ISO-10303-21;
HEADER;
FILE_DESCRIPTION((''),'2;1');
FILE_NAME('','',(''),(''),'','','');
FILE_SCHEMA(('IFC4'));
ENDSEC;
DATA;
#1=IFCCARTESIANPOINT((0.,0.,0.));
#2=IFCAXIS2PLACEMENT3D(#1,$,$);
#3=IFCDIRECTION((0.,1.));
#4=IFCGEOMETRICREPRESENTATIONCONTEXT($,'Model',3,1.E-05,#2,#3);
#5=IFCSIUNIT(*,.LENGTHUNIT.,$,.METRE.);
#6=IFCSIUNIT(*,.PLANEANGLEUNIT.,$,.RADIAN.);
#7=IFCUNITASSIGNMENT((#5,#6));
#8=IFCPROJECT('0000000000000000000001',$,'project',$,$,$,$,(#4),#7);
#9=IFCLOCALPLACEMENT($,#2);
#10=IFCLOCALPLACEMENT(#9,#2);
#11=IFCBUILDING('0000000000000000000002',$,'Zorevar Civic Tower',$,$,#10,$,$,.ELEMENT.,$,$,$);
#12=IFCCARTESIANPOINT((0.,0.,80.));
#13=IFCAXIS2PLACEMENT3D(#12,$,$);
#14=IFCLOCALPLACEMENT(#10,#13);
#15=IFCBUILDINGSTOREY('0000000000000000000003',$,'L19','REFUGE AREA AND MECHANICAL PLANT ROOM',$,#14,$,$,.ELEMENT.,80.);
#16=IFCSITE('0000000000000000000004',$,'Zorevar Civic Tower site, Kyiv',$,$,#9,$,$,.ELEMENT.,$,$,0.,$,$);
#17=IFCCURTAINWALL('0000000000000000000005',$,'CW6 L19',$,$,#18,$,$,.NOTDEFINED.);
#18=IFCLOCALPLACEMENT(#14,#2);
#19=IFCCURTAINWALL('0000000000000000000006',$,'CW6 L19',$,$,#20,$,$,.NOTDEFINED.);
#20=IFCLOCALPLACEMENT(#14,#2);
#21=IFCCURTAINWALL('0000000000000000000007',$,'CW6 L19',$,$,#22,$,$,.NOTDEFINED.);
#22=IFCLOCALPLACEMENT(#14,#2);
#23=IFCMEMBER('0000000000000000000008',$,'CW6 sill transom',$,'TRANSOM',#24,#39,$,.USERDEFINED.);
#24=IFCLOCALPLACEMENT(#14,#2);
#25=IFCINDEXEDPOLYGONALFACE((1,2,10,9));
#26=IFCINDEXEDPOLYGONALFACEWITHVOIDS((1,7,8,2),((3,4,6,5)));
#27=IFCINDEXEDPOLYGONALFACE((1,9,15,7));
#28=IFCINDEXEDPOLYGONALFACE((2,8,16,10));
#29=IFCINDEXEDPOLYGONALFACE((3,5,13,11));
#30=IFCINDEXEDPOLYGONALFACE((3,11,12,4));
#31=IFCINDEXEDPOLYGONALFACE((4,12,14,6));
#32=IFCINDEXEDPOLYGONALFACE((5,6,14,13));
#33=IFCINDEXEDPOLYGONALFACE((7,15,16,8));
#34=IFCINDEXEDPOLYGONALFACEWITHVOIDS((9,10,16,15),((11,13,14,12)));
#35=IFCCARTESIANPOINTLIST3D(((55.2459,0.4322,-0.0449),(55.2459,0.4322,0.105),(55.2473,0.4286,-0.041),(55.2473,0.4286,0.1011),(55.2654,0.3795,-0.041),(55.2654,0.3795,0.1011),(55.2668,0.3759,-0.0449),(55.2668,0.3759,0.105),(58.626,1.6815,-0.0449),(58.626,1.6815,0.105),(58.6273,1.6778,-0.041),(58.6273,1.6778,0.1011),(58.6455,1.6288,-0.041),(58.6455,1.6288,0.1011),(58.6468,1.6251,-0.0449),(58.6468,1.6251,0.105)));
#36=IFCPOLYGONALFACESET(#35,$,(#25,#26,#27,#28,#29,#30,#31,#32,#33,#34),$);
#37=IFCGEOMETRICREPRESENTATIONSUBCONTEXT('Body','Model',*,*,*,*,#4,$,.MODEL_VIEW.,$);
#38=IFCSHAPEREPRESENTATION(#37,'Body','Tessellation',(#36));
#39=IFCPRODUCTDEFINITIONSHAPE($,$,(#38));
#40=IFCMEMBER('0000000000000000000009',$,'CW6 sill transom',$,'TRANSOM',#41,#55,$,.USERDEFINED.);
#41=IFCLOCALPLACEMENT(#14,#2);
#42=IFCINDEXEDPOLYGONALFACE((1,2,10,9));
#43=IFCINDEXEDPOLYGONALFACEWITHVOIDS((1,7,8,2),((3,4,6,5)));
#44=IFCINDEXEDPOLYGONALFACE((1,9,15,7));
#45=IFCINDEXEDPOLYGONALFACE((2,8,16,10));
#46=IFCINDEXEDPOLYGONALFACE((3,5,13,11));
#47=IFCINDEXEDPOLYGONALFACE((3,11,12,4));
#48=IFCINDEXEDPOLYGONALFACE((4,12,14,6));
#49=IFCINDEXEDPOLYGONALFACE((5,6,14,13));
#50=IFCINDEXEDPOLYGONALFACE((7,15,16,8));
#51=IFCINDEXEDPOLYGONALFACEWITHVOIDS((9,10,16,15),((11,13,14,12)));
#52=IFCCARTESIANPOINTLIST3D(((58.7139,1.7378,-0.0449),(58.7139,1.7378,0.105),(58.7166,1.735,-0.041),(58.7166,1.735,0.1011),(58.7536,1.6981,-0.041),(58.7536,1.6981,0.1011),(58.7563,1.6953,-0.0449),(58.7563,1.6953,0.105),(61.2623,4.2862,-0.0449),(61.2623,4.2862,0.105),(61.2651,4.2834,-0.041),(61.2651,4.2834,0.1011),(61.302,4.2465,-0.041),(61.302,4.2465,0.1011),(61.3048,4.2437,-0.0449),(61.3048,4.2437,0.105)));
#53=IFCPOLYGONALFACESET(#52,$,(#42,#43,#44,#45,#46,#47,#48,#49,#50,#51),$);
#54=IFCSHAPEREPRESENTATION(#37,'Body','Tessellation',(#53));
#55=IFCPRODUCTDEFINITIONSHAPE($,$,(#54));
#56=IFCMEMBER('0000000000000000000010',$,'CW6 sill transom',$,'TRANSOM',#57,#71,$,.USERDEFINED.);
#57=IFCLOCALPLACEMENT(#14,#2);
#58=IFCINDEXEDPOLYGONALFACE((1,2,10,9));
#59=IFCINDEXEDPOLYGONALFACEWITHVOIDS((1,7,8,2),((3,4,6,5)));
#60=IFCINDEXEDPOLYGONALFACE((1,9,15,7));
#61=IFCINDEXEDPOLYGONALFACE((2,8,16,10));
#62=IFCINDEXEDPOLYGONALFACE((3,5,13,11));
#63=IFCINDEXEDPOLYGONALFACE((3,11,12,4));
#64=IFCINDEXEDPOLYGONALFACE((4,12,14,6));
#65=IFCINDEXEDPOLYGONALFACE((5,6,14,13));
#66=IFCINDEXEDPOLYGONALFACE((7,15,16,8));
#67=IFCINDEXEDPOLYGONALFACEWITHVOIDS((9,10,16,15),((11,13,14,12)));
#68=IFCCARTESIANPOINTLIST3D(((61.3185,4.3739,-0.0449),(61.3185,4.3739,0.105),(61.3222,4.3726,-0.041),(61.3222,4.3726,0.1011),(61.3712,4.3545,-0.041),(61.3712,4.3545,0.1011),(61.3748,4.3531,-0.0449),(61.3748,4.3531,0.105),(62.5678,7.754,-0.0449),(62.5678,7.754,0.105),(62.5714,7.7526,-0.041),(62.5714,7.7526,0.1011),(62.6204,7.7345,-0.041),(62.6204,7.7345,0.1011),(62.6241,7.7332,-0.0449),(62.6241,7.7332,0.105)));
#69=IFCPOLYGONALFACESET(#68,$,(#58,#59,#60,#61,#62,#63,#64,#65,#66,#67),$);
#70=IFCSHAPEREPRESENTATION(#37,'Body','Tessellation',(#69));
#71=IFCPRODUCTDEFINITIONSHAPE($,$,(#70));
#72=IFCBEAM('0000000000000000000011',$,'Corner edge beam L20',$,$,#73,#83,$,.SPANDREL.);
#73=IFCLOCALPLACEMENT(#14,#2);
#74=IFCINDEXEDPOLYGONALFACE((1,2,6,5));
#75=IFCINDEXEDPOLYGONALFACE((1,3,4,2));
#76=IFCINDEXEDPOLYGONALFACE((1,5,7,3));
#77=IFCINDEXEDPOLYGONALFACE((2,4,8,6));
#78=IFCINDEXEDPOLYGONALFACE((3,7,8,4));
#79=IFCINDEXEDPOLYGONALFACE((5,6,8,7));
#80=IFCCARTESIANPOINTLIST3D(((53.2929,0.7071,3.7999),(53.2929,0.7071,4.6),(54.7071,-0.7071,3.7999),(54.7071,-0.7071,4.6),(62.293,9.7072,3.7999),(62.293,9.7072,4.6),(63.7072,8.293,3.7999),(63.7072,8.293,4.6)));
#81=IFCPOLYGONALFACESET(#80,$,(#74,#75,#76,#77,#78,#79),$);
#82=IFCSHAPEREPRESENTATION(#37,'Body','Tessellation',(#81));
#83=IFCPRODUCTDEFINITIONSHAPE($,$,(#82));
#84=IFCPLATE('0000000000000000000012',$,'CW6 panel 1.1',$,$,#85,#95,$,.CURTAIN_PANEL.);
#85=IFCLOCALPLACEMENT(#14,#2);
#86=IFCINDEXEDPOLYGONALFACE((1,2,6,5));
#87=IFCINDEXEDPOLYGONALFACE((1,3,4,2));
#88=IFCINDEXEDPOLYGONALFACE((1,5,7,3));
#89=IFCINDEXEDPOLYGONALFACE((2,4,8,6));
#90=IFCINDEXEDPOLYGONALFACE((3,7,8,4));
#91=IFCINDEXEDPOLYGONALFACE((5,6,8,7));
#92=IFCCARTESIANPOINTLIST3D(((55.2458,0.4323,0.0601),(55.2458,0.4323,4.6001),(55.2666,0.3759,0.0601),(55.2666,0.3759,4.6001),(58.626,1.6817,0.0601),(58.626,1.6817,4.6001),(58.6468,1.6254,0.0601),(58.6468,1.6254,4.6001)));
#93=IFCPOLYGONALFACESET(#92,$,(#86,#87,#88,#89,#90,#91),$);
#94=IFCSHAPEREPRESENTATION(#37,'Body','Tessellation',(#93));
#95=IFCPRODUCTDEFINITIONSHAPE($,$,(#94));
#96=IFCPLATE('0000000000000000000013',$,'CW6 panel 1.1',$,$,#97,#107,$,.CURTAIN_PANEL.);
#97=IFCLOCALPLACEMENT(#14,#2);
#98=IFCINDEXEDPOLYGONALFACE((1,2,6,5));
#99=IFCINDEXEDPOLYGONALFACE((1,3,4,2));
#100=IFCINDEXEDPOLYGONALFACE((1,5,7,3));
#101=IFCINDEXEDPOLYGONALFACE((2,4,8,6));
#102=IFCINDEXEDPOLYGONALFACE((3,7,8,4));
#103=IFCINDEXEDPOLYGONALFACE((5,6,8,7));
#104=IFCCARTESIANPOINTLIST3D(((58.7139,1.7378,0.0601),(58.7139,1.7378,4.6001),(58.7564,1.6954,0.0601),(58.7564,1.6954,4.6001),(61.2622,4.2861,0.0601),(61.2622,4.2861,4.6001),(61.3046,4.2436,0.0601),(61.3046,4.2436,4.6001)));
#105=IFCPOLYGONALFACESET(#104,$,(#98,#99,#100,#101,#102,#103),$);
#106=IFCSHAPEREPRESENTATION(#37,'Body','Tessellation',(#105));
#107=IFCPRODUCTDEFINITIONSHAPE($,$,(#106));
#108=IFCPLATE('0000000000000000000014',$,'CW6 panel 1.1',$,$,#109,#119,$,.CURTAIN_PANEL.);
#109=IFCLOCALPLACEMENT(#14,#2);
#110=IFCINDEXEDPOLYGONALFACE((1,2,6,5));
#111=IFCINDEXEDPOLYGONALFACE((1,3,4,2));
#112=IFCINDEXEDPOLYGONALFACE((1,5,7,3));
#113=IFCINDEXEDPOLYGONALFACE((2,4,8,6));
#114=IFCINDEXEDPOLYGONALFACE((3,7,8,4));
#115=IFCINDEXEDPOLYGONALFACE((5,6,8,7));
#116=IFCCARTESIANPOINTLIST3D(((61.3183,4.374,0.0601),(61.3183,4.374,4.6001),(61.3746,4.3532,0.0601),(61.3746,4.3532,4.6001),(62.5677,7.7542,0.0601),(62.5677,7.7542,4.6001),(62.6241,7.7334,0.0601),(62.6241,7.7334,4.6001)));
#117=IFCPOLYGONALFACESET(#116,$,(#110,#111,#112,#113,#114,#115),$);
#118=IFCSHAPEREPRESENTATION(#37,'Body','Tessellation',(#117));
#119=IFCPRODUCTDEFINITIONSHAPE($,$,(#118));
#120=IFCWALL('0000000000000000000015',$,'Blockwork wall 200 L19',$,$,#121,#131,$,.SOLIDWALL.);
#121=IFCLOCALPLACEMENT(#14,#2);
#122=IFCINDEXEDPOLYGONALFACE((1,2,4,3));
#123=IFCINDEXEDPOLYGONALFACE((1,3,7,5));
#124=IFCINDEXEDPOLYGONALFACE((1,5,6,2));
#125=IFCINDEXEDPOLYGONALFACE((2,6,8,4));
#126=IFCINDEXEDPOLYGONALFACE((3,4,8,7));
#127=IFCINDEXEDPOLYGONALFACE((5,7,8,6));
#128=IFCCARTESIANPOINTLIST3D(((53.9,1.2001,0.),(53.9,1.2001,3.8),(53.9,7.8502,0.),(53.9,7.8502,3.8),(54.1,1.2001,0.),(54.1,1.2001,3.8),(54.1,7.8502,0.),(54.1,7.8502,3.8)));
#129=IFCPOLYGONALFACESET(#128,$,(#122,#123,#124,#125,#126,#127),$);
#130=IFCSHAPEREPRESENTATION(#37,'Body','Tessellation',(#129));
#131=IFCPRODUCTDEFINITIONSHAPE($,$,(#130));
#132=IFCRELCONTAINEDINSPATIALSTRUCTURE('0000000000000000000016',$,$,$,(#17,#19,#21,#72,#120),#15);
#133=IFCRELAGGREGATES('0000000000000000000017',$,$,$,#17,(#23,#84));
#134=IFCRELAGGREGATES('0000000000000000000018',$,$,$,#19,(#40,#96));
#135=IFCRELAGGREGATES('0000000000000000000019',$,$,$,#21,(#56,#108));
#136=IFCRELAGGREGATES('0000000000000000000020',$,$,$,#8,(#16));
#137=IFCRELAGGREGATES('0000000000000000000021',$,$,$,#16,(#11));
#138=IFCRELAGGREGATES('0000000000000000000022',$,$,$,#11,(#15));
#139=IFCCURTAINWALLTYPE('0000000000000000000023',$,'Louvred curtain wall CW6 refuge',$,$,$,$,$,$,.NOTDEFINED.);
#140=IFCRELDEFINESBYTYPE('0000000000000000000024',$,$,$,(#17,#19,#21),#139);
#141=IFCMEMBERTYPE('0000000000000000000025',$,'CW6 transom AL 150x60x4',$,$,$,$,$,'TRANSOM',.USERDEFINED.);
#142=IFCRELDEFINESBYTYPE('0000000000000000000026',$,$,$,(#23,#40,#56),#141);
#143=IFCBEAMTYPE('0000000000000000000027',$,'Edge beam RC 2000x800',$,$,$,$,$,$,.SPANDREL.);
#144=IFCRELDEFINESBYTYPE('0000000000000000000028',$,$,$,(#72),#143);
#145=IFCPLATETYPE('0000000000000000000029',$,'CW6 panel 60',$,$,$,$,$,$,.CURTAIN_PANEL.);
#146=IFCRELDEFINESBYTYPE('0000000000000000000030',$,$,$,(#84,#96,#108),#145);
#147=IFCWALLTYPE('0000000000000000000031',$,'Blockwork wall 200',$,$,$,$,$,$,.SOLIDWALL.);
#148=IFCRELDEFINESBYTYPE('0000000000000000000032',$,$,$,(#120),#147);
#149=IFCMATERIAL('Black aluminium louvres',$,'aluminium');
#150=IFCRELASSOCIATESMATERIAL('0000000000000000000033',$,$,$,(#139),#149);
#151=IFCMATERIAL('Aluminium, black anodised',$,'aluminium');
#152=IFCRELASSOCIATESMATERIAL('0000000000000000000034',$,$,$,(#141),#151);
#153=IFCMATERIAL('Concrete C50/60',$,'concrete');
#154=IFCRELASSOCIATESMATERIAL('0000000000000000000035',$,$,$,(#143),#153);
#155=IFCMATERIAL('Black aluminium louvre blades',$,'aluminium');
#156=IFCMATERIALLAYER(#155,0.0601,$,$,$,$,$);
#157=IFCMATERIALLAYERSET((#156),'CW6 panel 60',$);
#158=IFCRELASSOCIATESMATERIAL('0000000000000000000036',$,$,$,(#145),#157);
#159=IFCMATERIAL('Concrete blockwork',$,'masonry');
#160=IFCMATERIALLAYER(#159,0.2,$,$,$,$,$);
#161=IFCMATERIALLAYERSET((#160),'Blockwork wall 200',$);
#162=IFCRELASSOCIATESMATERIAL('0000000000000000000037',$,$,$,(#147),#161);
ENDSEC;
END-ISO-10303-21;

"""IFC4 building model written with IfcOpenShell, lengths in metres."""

from ifc_helpers import new_model, si_unit, direction, frame, frame_2d, origin, origin_2d, place, context, subcontext, project, spatial, rectangle, hollow_rectangle, extrude, material, layer, layer_set, material_profile, profile_set, type_object, element, aggregate, save


model = new_model("IFC4")

# Units and contexts
model_context = context("Model", 3, precision=1e-05, world=origin(), true_north=direction((0.0, 1.0)))
body_context = subcontext(model_context, "Body", "Model", "MODEL_VIEW")
ifc_project = project(units=[si_unit("LENGTHUNIT", "METRE"), si_unit("PLANEANGLEUNIT", "RADIAN")], contexts=[model_context])

# Site, building, storey
site_placement = place(None, origin())
site = spatial("IfcSite", under=ifc_project, at=site_placement, Name="Zorevar Civic Tower site, Kyiv", CompositionType="ELEMENT", RefElevation=0.0)
building_placement = place(site_placement, origin())
building = spatial("IfcBuilding", under=site, at=building_placement, Name="Zorevar Civic Tower", CompositionType="ELEMENT")
storey_placement = place(building_placement, frame((0.0, 0.0, 80.0)))
storey = spatial("IfcBuildingStorey", under=building, at=storey_placement, Name="L19", Description="REFUGE AREA AND MECHANICAL PLANT ROOM", CompositionType="ELEMENT", Elevation=80.0)

# Curtain walls
ifc_material_1 = material(Name="Black aluminium louvres", Category="aluminium")
curtain_wall_type = type_object("IfcCurtainWallType", Name="Louvred curtain wall CW6 refuge", PredefinedType="NOTDEFINED", material=ifc_material_1)
curtain_wall_1_placement = place(storey_placement, origin())
curtain_wall_1 = element("IfcCurtainWall", 1, at=curtain_wall_1_placement, inside=storey, type_object=curtain_wall_type, Name="CW6 L19", PredefinedType="NOTDEFINED")
curtain_wall_2_placement = place(storey_placement, origin())
curtain_wall_2 = element("IfcCurtainWall", 2, at=curtain_wall_2_placement, inside=storey, type_object=curtain_wall_type, Name="CW6 L19", PredefinedType="NOTDEFINED")
curtain_wall_3_placement = place(storey_placement, origin())
curtain_wall_3 = element("IfcCurtainWall", 3, at=curtain_wall_3_placement, inside=storey, type_object=curtain_wall_type, Name="CW6 L19", PredefinedType="NOTDEFINED")

# Members
ifc_material_2 = material(Name="Aluminium, black anodised", Category="aluminium")
ifc_material_profile_1 = material_profile(ifc_material_2, hollow_rectangle(XDim=0.0601, YDim=0.1499, WallThickness=0.0039, at=origin_2d()), Name="AL 150x60x4")
ifc_profile_set_1 = profile_set([ifc_material_profile_1], Name="Aluminium, black anodised")
member_type_1 = type_object("IfcMemberType", Name="CW6 transom AL 150x60x4", ElementType="TRANSOM", PredefinedType="USERDEFINED", material=ifc_profile_set_1)
member_1_placement = place(storey_placement, frame((55.2563, 0.4041, 0.03), z_axis=(0.937986, 0.346672, 0.0), x_axis=(-0.346672, 0.937986, 0.0)))
member_1 = element("IfcMember", 4, at=member_1_placement, type_object=member_type_1, Name="CW6 sill transom", ObjectType="TRANSOM", PredefinedType="USERDEFINED", context=body_context, shape_type="SweptSolid", body=[
    extrude(hollow_rectangle(XDim=0.0601, YDim=0.1499, WallThickness=0.0039, at=origin_2d()), origin(), (0.0, 0.0, 1.0), 3.6035),
])
member_2_placement = place(storey_placement, frame((58.7351, 1.7166, 0.03), z_axis=(0.707107, 0.707107, 0.0), x_axis=(-0.707107, 0.707107, 0.0)))
member_2 = element("IfcMember", 5, at=member_2_placement, type_object=member_type_1, Name="CW6 sill transom", ObjectType="TRANSOM", PredefinedType="USERDEFINED", context=body_context, shape_type="SweptSolid", body=[
    extrude(hollow_rectangle(XDim=0.0601, YDim=0.1499, WallThickness=0.0039, at=origin_2d()), origin(), (0.0, 0.0, 1.0), 3.604),
])
member_3_placement = place(storey_placement, frame((61.3467, 4.3635, 0.03), z_axis=(0.346672, 0.937986, 0.0), x_axis=(-0.937986, 0.346672, 0.0)))
member_3 = element("IfcMember", 6, at=member_3_placement, type_object=member_type_1, Name="CW6 sill transom", ObjectType="TRANSOM", PredefinedType="USERDEFINED", context=body_context, shape_type="SweptSolid", body=[
    extrude(hollow_rectangle(XDim=0.0601, YDim=0.1499, WallThickness=0.0039, at=origin_2d()), origin(), (0.0, 0.0, 1.0), 3.6035),
])

# Beam
ifc_material_3 = material(Name="Concrete C50/60", Category="concrete")
ifc_material_profile_2 = material_profile(ifc_material_3, rectangle(XDim=2.0, YDim=0.8, at=origin_2d()), Name="RC 2000x800")
ifc_profile_set_2 = profile_set([ifc_material_profile_2], Name="Concrete C50/60")
beam_type_1 = type_object("IfcBeamType", Name="Edge beam RC 2000x800", PredefinedType="SPANDREL", material=ifc_profile_set_2)
beam_1_placement = place(storey_placement, frame((54.0, 0.0, 4.2), z_axis=(0.707107, 0.707107, 0.0), x_axis=(-0.707107, 0.707107, 0.0)))
element("IfcBeam", 7, at=beam_1_placement, inside=storey, type_object=beam_type_1, Name="Corner edge beam L20", PredefinedType="SPANDREL", context=body_context, shape_type="SweptSolid", body=[
    extrude(rectangle(XDim=2.0, YDim=0.8, at=origin_2d()), origin(), (0.0, 0.0, 1.0), 12.728),
])

# Plates
ifc_material_4 = material(Name="Black aluminium louvre blades", Category="aluminium")
ifc_layer_1 = layer(ifc_material_4, 0.0601)
ifc_layer_set_1 = layer_set([ifc_layer_1], Name="CW6 panel 60")
plate_type = type_object("IfcPlateType", Name="CW6 panel 60", PredefinedType="CURTAIN_PANEL", material=ifc_layer_set_1)
plate_1_placement = place(storey_placement, frame((56.9463, 1.0288, 0.0601), z_axis=(0.0, 0.0, 1.0), x_axis=(0.937975, 0.346704, 0.0)))
plate_1 = element("IfcPlate", 8, at=plate_1_placement, type_object=plate_type, Name="CW6 panel 1.1", PredefinedType="CURTAIN_PANEL", context=body_context, shape_type="SweptSolid", body=[
    extrude(rectangle(XDim=3.6038, YDim=0.0601, at=origin_2d()), origin(), (0.0, 0.0, 1.0), 4.54),
])
aggregate(curtain_wall_1, [member_1, plate_1])
plate_2_placement = place(storey_placement, frame((60.0093, 2.9907, 0.0601), z_axis=(0.0, 0.0, 1.0), x_axis=(0.707107, 0.707107, 0.0)))
plate_2 = element("IfcPlate", 9, at=plate_2_placement, type_object=plate_type, Name="CW6 panel 1.1", PredefinedType="CURTAIN_PANEL", context=body_context, shape_type="SweptSolid", body=[
    extrude(rectangle(XDim=3.6038, YDim=0.0601, at=origin_2d()), origin(), (0.0, 0.0, 1.0), 4.54),
])
aggregate(curtain_wall_2, [member_2, plate_2])
plate_3_placement = place(storey_placement, frame((61.9712, 6.0537, 0.0601), z_axis=(0.0, 0.0, 1.0), x_axis=(0.346704, 0.937975, 0.0)))
plate_3 = element("IfcPlate", 10, at=plate_3_placement, type_object=plate_type, Name="CW6 panel 1.1", PredefinedType="CURTAIN_PANEL", context=body_context, shape_type="SweptSolid", body=[
    extrude(rectangle(XDim=3.6038, YDim=0.0601, at=origin_2d()), origin(), (0.0, 0.0, 1.0), 4.54),
])
aggregate(curtain_wall_3, [member_3, plate_3])

# Wall
ifc_material_5 = material(Name="Concrete blockwork", Category="masonry")
ifc_layer_2 = layer(ifc_material_5, 0.2)
ifc_layer_set_2 = layer_set([ifc_layer_2], Name="Blockwork wall 200")
wall_type = type_object("IfcWallType", Name="Blockwork wall 200", PredefinedType="SOLIDWALL", material=ifc_layer_set_2)
wall_placement = place(storey_placement, frame((54.0, 1.2, 0.0), z_axis=(0.0, 0.0, 1.0), x_axis=(0.0, 1.0, 0.0)))
element("IfcWall", 11, at=wall_placement, inside=storey, type_object=wall_type, Name="Blockwork wall 200 L19", PredefinedType="SOLIDWALL", context=body_context, shape_type="SweptSolid", body=[
    extrude(rectangle(XDim=6.6501, YDim=0.2, at=frame_2d((3.3252, 0.0))), origin(), (0.0, 0.0, 1.0), 3.8),
])

save(model, "model.ifc")
